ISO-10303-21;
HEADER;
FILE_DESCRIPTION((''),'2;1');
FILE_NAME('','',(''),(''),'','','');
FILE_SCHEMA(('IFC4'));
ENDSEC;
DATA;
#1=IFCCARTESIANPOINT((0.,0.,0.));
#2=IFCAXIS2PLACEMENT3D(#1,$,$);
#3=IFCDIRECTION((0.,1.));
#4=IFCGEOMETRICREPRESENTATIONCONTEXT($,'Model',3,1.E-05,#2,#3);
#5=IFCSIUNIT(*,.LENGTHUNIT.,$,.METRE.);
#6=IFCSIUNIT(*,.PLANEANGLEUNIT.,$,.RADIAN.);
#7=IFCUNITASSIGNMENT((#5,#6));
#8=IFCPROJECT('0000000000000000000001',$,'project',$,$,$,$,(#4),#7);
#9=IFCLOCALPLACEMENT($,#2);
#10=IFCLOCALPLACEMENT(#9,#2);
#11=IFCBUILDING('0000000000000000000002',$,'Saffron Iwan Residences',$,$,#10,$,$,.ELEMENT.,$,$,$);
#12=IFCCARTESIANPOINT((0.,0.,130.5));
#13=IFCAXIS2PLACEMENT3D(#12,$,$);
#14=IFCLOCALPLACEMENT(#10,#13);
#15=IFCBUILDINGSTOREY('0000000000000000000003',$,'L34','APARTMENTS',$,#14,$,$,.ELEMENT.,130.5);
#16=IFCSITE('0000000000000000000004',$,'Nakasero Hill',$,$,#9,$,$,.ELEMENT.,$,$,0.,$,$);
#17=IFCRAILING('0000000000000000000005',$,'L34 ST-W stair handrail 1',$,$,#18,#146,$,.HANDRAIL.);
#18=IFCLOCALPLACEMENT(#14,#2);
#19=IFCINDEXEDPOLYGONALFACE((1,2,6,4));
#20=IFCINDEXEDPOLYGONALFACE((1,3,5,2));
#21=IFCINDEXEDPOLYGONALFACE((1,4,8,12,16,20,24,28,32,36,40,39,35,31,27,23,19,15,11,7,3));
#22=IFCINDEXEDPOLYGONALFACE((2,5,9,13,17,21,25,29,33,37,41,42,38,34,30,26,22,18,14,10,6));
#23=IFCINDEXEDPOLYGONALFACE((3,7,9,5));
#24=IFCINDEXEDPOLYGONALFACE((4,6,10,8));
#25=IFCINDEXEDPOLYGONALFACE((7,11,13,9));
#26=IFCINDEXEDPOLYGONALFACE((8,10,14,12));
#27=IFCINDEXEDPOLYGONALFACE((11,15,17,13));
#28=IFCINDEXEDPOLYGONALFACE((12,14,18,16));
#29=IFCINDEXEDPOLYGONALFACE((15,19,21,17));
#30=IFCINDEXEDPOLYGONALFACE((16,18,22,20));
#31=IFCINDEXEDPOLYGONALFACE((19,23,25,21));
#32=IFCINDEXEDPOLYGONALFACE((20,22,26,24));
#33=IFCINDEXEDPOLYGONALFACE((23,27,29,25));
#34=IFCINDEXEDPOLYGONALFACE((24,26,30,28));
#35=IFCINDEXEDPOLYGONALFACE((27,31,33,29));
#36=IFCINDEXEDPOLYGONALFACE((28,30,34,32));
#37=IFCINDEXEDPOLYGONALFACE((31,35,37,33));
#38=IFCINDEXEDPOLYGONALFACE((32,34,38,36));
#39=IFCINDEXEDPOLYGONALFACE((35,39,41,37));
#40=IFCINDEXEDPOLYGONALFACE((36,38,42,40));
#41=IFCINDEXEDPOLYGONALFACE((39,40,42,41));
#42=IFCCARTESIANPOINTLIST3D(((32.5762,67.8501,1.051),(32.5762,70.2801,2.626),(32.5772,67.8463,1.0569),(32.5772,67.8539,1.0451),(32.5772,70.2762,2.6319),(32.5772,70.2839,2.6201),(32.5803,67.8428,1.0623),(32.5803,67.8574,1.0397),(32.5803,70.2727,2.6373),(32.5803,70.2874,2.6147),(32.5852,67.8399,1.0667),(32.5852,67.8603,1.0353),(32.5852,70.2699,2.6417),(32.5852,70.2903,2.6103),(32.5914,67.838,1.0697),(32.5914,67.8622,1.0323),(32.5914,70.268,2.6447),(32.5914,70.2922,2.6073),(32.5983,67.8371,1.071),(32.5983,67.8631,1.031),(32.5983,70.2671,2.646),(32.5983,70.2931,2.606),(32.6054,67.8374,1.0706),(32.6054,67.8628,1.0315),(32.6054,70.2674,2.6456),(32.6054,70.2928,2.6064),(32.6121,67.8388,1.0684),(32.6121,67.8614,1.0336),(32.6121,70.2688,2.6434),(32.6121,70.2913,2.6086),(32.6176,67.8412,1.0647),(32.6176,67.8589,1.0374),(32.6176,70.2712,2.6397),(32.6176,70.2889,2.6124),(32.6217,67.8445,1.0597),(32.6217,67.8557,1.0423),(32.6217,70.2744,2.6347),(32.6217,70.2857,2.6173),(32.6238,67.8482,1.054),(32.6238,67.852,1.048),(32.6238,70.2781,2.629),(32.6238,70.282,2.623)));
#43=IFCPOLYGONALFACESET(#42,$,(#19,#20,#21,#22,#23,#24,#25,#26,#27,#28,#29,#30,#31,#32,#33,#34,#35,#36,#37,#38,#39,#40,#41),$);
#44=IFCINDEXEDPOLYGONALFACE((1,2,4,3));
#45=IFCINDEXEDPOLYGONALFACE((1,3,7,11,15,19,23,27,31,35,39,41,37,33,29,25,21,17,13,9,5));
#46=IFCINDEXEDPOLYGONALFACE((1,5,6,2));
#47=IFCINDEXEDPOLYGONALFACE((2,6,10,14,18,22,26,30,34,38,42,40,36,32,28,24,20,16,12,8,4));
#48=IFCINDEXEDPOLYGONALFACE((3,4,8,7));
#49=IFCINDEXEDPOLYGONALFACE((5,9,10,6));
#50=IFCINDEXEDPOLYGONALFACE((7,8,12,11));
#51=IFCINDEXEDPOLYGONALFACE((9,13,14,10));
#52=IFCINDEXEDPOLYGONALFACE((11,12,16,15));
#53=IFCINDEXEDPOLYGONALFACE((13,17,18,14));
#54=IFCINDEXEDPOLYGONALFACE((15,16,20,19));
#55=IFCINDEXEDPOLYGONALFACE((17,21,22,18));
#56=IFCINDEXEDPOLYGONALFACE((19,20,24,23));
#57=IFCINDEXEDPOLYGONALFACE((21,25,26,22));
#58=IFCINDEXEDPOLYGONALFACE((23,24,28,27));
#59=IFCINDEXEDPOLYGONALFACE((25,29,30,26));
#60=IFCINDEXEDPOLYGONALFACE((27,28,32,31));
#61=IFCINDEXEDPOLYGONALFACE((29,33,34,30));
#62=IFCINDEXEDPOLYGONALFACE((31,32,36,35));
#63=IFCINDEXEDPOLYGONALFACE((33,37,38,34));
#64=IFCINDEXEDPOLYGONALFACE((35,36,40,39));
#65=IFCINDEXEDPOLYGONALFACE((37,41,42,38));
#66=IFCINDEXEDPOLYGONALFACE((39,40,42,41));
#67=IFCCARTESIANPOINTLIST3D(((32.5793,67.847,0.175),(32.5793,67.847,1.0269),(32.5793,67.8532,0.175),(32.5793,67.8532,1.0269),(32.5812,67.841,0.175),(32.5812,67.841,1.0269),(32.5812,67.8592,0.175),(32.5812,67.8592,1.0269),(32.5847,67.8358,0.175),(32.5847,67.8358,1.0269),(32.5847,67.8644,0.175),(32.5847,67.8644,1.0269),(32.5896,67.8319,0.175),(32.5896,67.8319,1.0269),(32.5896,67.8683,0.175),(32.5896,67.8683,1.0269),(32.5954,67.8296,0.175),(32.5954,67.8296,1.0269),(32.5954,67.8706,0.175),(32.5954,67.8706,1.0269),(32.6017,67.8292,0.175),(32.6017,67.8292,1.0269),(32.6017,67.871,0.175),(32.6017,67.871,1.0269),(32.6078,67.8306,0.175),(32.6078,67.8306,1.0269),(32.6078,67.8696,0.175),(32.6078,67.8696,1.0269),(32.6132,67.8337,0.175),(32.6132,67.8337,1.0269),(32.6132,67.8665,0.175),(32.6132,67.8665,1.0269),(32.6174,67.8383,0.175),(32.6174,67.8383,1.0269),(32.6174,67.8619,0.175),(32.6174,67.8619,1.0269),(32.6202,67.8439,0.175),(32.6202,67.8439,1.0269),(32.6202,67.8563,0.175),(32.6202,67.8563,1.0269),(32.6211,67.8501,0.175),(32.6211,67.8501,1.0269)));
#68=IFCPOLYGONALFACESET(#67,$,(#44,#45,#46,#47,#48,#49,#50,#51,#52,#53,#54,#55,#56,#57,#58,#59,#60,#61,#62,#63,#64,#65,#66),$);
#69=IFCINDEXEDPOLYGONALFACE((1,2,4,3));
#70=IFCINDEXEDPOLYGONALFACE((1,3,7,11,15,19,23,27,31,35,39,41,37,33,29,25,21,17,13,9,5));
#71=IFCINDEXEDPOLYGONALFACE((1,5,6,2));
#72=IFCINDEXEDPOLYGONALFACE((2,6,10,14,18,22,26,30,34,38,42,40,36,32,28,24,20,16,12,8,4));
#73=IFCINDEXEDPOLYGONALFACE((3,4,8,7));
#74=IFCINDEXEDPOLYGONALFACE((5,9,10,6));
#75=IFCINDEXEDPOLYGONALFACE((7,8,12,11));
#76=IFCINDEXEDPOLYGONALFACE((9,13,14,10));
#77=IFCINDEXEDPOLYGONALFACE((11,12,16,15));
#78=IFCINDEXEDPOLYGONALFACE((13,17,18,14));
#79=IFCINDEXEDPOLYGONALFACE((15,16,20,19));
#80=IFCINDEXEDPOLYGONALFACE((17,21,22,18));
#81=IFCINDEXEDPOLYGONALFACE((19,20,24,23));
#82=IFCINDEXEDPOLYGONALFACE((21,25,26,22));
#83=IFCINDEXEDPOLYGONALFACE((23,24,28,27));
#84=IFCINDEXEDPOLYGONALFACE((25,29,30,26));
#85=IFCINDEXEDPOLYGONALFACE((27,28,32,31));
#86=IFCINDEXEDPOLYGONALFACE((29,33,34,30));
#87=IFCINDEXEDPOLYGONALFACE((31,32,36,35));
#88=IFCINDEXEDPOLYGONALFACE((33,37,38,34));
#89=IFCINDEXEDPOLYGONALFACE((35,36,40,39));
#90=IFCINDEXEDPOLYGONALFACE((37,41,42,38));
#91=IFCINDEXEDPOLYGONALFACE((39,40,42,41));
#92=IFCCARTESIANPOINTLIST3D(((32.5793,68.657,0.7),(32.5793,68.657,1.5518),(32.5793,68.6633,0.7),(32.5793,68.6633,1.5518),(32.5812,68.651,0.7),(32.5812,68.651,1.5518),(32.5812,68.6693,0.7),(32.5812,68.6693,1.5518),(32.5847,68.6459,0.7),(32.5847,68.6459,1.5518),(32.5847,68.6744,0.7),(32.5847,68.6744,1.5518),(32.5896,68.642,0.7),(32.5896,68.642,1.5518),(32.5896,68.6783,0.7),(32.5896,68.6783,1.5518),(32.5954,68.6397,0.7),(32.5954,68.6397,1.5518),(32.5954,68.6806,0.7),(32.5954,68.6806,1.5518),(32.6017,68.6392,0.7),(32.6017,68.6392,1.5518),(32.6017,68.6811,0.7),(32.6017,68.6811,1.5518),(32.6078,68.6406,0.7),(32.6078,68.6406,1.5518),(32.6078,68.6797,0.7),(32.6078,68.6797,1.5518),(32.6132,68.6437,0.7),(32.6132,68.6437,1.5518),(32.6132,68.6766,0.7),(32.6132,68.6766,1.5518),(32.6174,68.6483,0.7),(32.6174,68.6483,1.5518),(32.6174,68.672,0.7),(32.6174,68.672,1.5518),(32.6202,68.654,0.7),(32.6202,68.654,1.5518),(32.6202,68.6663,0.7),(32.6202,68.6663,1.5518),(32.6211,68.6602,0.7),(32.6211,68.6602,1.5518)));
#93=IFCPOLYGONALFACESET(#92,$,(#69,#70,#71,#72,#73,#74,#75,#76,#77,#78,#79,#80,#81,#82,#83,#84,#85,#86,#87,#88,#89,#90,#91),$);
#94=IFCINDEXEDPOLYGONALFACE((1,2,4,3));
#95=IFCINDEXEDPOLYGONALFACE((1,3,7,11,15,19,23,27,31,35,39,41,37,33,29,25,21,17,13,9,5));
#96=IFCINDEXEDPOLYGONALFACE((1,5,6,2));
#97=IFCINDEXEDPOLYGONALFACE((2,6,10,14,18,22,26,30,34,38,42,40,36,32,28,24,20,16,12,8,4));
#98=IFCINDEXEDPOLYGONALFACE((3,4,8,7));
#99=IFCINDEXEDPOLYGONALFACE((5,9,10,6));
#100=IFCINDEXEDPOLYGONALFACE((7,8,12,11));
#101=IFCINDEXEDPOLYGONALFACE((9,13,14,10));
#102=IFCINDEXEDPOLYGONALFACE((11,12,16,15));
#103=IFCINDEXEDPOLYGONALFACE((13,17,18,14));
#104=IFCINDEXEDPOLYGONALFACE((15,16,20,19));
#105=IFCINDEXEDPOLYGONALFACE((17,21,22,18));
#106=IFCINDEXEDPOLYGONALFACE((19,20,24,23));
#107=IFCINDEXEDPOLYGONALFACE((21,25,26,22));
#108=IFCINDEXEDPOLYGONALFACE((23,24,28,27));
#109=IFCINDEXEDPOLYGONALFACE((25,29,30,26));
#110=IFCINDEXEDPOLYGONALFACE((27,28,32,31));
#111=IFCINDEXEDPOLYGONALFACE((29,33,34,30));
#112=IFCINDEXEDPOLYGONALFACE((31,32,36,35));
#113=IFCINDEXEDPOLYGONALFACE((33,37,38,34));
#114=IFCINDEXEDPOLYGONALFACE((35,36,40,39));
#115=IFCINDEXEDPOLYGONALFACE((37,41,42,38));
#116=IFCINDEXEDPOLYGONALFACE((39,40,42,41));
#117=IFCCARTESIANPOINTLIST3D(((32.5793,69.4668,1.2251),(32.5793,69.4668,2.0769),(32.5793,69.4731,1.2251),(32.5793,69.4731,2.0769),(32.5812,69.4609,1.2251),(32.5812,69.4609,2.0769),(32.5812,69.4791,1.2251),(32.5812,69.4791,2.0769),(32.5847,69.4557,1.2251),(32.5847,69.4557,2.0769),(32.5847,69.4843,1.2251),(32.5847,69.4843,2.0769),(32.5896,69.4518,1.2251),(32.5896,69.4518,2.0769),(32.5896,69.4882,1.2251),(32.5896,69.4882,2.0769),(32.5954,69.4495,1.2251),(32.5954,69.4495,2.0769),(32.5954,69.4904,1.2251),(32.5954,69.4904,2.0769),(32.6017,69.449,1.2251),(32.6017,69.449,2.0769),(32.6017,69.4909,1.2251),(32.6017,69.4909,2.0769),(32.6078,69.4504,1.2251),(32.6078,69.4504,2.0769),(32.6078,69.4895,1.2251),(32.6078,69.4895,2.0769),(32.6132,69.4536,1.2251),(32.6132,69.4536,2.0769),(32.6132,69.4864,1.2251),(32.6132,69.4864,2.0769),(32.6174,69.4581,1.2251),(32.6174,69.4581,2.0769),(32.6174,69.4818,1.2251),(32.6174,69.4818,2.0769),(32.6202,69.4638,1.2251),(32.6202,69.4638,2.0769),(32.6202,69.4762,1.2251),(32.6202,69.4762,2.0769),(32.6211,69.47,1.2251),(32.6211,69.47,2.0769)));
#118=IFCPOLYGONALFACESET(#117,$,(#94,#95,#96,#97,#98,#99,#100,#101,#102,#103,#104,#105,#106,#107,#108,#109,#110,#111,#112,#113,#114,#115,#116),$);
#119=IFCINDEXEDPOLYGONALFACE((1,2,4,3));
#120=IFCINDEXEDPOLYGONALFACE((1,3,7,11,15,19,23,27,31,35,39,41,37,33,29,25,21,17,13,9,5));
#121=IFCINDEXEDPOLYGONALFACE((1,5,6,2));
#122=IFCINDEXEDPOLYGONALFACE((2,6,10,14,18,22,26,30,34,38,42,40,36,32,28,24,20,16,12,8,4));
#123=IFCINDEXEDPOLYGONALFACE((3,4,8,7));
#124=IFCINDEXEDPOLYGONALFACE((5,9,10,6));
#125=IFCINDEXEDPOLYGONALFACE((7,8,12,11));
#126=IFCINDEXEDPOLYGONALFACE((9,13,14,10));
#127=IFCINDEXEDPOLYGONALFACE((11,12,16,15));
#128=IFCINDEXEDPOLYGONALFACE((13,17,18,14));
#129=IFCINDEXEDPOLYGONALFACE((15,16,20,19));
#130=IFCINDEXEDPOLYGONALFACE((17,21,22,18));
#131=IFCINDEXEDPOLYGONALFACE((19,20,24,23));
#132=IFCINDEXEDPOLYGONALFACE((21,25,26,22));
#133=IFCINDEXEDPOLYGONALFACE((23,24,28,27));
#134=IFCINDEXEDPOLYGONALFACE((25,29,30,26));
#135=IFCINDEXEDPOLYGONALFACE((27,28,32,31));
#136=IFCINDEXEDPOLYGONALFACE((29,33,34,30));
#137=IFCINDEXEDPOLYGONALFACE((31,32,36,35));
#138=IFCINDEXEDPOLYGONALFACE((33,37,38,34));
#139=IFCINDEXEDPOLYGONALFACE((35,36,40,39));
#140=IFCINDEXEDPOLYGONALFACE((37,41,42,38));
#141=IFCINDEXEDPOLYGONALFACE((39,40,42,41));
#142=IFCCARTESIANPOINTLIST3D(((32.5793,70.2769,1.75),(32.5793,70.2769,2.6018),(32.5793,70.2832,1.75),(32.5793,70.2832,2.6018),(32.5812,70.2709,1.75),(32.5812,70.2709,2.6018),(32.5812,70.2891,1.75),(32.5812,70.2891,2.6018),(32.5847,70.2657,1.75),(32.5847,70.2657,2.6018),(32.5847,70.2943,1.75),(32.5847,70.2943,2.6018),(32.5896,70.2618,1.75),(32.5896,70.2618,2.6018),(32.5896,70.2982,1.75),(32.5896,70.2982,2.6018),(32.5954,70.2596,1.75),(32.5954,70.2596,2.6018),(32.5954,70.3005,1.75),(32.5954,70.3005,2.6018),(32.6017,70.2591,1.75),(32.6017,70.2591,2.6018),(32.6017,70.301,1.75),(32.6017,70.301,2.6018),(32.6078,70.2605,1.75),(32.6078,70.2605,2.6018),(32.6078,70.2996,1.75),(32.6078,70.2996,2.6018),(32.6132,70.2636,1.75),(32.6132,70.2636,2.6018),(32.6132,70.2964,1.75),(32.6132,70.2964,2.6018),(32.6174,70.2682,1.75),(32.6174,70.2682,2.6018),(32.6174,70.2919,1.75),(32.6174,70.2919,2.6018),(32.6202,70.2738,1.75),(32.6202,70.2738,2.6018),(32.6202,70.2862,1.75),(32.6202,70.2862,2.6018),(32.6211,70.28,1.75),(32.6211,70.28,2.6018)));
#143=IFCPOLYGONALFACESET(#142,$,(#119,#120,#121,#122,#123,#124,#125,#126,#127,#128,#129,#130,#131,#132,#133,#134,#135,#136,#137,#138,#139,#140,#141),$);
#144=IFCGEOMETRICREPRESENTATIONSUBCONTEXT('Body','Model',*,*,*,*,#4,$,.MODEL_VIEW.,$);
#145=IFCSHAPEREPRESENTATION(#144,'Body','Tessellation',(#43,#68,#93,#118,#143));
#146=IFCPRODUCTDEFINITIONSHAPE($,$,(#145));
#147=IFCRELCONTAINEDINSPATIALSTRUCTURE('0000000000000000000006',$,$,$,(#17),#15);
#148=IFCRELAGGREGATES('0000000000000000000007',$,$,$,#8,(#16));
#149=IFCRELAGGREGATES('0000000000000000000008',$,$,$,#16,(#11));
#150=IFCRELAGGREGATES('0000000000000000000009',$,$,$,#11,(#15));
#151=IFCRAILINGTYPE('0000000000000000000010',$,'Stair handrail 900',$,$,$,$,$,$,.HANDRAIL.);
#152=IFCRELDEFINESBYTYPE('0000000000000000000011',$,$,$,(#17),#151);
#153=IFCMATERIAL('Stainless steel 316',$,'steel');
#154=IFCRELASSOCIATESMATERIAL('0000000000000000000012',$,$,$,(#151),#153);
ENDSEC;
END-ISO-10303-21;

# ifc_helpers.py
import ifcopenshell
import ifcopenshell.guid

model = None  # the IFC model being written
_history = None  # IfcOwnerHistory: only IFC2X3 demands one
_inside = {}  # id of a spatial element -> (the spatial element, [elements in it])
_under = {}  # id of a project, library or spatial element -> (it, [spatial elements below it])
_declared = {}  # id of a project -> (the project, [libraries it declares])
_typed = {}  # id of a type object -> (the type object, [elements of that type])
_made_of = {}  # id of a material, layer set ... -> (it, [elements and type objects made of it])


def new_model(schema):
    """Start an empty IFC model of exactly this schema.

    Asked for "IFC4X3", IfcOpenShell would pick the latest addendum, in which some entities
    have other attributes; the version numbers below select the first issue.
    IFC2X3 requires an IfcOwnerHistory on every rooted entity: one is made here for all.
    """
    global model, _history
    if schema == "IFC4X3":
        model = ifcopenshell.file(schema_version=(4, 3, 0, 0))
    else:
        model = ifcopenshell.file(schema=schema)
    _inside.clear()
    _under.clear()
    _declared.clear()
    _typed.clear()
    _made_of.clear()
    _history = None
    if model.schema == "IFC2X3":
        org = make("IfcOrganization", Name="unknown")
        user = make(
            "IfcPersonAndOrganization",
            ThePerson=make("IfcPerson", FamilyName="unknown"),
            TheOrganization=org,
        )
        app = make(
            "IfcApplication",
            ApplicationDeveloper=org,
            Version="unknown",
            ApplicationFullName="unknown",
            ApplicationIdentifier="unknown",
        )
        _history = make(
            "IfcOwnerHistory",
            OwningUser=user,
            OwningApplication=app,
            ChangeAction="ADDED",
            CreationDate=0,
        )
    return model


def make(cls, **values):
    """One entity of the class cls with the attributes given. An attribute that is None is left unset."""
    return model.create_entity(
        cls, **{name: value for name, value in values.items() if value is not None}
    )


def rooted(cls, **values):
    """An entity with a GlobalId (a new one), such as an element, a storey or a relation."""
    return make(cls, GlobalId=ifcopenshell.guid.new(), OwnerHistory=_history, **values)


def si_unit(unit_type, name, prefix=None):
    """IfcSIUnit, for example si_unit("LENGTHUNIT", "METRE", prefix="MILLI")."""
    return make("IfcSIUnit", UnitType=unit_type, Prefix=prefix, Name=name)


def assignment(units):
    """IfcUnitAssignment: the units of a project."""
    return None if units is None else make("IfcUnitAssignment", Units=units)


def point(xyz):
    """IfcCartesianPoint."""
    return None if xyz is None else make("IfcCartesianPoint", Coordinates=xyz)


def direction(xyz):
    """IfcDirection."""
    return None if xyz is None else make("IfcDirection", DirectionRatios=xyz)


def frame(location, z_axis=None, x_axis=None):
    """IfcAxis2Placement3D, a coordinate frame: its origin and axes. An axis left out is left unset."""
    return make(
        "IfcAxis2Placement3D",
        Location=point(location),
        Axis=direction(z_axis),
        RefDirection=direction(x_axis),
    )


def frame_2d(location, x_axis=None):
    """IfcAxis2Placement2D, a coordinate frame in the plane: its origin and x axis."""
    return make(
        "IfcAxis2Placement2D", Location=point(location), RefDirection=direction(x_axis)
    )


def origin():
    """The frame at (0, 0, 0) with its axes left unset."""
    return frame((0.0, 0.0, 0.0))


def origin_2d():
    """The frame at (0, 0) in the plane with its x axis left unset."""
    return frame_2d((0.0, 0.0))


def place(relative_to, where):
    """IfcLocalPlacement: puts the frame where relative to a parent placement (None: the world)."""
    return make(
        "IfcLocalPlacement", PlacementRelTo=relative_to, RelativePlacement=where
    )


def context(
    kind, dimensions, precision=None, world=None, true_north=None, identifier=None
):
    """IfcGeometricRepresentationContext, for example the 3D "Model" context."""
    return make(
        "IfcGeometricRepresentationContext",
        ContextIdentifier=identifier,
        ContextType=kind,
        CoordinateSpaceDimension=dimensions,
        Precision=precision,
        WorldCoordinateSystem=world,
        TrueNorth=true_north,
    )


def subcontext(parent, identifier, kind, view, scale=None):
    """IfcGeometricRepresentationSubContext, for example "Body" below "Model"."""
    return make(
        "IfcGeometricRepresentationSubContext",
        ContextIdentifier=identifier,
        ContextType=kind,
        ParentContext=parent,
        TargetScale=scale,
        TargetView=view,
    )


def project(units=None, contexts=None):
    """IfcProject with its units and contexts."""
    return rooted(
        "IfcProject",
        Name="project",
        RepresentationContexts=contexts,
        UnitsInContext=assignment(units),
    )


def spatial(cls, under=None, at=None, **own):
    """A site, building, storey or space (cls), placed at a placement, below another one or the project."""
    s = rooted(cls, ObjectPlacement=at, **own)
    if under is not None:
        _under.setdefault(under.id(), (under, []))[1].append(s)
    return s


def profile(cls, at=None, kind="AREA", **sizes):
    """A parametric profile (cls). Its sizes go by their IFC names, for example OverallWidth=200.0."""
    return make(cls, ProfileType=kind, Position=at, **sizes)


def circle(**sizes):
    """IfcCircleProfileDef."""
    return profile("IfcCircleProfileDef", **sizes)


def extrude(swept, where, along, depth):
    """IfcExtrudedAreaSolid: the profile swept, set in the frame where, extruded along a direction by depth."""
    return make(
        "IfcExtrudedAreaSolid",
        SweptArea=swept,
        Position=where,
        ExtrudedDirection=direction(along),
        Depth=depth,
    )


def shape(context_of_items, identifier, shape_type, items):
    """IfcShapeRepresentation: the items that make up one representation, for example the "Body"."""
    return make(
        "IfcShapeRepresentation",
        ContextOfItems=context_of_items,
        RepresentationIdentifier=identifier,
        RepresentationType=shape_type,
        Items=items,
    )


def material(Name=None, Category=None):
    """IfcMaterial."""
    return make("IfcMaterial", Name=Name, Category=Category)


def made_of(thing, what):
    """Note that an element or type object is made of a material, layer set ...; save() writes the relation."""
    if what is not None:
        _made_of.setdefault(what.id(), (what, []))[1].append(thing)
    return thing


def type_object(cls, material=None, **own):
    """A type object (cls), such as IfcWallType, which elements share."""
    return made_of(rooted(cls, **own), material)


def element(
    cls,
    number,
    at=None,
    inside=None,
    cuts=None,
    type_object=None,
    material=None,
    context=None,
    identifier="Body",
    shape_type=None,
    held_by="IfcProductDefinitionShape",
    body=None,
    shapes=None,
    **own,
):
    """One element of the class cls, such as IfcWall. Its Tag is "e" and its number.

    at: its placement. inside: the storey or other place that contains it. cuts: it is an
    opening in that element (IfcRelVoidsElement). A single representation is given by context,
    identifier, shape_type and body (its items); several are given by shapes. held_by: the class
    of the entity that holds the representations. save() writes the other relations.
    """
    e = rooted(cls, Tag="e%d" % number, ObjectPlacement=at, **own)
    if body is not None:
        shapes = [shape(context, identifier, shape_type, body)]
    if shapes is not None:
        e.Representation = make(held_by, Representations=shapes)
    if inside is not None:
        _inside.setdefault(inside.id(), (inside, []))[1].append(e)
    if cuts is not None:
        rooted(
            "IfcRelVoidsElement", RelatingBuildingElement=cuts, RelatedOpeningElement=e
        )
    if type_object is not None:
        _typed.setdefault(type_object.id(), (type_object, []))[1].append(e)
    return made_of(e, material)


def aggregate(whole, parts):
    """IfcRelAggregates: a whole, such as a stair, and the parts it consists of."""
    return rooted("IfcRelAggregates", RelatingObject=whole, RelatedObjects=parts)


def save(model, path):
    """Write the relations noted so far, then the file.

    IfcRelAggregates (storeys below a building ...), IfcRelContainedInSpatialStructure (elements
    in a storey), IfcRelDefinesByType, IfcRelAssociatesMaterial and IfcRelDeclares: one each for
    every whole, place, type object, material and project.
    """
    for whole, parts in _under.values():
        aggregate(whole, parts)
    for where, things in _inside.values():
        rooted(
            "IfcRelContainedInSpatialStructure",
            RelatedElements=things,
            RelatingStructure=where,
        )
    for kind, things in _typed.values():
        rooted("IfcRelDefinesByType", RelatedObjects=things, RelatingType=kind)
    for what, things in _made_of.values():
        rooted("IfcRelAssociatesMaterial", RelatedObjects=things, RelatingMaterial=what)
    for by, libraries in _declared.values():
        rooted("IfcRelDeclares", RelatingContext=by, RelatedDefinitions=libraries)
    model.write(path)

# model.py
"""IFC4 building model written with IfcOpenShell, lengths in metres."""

from ifc_helpers import new_model, si_unit, direction, frame, origin, origin_2d, place, context, subcontext, project, spatial, circle, extrude, material, type_object, element, save


model = new_model("IFC4")

# Units and contexts
model_context = context("Model", 3, precision=1e-05, world=origin(), true_north=direction((0.0, 1.0)))
body_context = subcontext(model_context, "Body", "Model", "MODEL_VIEW")
ifc_project = project(units=[si_unit("LENGTHUNIT", "METRE"), si_unit("PLANEANGLEUNIT", "RADIAN")], contexts=[model_context])

# Site, building, storey
site_placement = place(None, origin())
site = spatial("IfcSite", under=ifc_project, at=site_placement, Name="Nakasero Hill", CompositionType="ELEMENT", RefElevation=0.0)
building_placement = place(site_placement, origin())
building = spatial("IfcBuilding", under=site, at=building_placement, Name="Saffron Iwan Residences", CompositionType="ELEMENT")
storey_placement = place(building_placement, frame((0.0, 0.0, 130.5)))
storey = spatial("IfcBuildingStorey", under=building, at=storey_placement, Name="L34", Description="APARTMENTS", CompositionType="ELEMENT", Elevation=130.5)

# Railing
ifc_material_1 = material(Name="Stainless steel 316", Category="steel")
railing_type_1 = type_object("IfcRailingType", Name="Stair handrail 900", PredefinedType="HANDRAIL", material=ifc_material_1)
railing_1_placement = place(storey_placement, frame((32.6001, 67.8501, 0.175)))
element("IfcRailing", 1, at=railing_1_placement, inside=storey, type_object=railing_type_1, Name="L34 ST-W stair handrail 1", PredefinedType="HANDRAIL", context=body_context, shape_type="SweptSolid", body=[
    extrude(circle(Radius=0.0239, at=origin_2d()), frame((0.0, 0.0, 0.876), z_axis=(0.0, 0.839154, 0.543894), x_axis=(-1.0, 0.0, 0.0)), (0.0, 0.0, 1.0), 2.8958),
    extrude(circle(Radius=0.021, at=origin_2d()), origin(), (0.0, 0.0, 1.0), 0.8518),
    extrude(circle(Radius=0.021, at=origin_2d()), frame((0.0, 0.8101, 0.5249)), (0.0, 0.0, 1.0), 0.8518),
    extrude(circle(Radius=0.021, at=origin_2d()), frame((0.0, 1.6199, 1.05)), (0.0, 0.0, 1.0), 0.8518),
    extrude(circle(Radius=0.021, at=origin_2d()), frame((0.0, 2.4299, 1.575)), (0.0, 0.0, 1.0), 0.8518),
])

save(model, "model.ifc")
